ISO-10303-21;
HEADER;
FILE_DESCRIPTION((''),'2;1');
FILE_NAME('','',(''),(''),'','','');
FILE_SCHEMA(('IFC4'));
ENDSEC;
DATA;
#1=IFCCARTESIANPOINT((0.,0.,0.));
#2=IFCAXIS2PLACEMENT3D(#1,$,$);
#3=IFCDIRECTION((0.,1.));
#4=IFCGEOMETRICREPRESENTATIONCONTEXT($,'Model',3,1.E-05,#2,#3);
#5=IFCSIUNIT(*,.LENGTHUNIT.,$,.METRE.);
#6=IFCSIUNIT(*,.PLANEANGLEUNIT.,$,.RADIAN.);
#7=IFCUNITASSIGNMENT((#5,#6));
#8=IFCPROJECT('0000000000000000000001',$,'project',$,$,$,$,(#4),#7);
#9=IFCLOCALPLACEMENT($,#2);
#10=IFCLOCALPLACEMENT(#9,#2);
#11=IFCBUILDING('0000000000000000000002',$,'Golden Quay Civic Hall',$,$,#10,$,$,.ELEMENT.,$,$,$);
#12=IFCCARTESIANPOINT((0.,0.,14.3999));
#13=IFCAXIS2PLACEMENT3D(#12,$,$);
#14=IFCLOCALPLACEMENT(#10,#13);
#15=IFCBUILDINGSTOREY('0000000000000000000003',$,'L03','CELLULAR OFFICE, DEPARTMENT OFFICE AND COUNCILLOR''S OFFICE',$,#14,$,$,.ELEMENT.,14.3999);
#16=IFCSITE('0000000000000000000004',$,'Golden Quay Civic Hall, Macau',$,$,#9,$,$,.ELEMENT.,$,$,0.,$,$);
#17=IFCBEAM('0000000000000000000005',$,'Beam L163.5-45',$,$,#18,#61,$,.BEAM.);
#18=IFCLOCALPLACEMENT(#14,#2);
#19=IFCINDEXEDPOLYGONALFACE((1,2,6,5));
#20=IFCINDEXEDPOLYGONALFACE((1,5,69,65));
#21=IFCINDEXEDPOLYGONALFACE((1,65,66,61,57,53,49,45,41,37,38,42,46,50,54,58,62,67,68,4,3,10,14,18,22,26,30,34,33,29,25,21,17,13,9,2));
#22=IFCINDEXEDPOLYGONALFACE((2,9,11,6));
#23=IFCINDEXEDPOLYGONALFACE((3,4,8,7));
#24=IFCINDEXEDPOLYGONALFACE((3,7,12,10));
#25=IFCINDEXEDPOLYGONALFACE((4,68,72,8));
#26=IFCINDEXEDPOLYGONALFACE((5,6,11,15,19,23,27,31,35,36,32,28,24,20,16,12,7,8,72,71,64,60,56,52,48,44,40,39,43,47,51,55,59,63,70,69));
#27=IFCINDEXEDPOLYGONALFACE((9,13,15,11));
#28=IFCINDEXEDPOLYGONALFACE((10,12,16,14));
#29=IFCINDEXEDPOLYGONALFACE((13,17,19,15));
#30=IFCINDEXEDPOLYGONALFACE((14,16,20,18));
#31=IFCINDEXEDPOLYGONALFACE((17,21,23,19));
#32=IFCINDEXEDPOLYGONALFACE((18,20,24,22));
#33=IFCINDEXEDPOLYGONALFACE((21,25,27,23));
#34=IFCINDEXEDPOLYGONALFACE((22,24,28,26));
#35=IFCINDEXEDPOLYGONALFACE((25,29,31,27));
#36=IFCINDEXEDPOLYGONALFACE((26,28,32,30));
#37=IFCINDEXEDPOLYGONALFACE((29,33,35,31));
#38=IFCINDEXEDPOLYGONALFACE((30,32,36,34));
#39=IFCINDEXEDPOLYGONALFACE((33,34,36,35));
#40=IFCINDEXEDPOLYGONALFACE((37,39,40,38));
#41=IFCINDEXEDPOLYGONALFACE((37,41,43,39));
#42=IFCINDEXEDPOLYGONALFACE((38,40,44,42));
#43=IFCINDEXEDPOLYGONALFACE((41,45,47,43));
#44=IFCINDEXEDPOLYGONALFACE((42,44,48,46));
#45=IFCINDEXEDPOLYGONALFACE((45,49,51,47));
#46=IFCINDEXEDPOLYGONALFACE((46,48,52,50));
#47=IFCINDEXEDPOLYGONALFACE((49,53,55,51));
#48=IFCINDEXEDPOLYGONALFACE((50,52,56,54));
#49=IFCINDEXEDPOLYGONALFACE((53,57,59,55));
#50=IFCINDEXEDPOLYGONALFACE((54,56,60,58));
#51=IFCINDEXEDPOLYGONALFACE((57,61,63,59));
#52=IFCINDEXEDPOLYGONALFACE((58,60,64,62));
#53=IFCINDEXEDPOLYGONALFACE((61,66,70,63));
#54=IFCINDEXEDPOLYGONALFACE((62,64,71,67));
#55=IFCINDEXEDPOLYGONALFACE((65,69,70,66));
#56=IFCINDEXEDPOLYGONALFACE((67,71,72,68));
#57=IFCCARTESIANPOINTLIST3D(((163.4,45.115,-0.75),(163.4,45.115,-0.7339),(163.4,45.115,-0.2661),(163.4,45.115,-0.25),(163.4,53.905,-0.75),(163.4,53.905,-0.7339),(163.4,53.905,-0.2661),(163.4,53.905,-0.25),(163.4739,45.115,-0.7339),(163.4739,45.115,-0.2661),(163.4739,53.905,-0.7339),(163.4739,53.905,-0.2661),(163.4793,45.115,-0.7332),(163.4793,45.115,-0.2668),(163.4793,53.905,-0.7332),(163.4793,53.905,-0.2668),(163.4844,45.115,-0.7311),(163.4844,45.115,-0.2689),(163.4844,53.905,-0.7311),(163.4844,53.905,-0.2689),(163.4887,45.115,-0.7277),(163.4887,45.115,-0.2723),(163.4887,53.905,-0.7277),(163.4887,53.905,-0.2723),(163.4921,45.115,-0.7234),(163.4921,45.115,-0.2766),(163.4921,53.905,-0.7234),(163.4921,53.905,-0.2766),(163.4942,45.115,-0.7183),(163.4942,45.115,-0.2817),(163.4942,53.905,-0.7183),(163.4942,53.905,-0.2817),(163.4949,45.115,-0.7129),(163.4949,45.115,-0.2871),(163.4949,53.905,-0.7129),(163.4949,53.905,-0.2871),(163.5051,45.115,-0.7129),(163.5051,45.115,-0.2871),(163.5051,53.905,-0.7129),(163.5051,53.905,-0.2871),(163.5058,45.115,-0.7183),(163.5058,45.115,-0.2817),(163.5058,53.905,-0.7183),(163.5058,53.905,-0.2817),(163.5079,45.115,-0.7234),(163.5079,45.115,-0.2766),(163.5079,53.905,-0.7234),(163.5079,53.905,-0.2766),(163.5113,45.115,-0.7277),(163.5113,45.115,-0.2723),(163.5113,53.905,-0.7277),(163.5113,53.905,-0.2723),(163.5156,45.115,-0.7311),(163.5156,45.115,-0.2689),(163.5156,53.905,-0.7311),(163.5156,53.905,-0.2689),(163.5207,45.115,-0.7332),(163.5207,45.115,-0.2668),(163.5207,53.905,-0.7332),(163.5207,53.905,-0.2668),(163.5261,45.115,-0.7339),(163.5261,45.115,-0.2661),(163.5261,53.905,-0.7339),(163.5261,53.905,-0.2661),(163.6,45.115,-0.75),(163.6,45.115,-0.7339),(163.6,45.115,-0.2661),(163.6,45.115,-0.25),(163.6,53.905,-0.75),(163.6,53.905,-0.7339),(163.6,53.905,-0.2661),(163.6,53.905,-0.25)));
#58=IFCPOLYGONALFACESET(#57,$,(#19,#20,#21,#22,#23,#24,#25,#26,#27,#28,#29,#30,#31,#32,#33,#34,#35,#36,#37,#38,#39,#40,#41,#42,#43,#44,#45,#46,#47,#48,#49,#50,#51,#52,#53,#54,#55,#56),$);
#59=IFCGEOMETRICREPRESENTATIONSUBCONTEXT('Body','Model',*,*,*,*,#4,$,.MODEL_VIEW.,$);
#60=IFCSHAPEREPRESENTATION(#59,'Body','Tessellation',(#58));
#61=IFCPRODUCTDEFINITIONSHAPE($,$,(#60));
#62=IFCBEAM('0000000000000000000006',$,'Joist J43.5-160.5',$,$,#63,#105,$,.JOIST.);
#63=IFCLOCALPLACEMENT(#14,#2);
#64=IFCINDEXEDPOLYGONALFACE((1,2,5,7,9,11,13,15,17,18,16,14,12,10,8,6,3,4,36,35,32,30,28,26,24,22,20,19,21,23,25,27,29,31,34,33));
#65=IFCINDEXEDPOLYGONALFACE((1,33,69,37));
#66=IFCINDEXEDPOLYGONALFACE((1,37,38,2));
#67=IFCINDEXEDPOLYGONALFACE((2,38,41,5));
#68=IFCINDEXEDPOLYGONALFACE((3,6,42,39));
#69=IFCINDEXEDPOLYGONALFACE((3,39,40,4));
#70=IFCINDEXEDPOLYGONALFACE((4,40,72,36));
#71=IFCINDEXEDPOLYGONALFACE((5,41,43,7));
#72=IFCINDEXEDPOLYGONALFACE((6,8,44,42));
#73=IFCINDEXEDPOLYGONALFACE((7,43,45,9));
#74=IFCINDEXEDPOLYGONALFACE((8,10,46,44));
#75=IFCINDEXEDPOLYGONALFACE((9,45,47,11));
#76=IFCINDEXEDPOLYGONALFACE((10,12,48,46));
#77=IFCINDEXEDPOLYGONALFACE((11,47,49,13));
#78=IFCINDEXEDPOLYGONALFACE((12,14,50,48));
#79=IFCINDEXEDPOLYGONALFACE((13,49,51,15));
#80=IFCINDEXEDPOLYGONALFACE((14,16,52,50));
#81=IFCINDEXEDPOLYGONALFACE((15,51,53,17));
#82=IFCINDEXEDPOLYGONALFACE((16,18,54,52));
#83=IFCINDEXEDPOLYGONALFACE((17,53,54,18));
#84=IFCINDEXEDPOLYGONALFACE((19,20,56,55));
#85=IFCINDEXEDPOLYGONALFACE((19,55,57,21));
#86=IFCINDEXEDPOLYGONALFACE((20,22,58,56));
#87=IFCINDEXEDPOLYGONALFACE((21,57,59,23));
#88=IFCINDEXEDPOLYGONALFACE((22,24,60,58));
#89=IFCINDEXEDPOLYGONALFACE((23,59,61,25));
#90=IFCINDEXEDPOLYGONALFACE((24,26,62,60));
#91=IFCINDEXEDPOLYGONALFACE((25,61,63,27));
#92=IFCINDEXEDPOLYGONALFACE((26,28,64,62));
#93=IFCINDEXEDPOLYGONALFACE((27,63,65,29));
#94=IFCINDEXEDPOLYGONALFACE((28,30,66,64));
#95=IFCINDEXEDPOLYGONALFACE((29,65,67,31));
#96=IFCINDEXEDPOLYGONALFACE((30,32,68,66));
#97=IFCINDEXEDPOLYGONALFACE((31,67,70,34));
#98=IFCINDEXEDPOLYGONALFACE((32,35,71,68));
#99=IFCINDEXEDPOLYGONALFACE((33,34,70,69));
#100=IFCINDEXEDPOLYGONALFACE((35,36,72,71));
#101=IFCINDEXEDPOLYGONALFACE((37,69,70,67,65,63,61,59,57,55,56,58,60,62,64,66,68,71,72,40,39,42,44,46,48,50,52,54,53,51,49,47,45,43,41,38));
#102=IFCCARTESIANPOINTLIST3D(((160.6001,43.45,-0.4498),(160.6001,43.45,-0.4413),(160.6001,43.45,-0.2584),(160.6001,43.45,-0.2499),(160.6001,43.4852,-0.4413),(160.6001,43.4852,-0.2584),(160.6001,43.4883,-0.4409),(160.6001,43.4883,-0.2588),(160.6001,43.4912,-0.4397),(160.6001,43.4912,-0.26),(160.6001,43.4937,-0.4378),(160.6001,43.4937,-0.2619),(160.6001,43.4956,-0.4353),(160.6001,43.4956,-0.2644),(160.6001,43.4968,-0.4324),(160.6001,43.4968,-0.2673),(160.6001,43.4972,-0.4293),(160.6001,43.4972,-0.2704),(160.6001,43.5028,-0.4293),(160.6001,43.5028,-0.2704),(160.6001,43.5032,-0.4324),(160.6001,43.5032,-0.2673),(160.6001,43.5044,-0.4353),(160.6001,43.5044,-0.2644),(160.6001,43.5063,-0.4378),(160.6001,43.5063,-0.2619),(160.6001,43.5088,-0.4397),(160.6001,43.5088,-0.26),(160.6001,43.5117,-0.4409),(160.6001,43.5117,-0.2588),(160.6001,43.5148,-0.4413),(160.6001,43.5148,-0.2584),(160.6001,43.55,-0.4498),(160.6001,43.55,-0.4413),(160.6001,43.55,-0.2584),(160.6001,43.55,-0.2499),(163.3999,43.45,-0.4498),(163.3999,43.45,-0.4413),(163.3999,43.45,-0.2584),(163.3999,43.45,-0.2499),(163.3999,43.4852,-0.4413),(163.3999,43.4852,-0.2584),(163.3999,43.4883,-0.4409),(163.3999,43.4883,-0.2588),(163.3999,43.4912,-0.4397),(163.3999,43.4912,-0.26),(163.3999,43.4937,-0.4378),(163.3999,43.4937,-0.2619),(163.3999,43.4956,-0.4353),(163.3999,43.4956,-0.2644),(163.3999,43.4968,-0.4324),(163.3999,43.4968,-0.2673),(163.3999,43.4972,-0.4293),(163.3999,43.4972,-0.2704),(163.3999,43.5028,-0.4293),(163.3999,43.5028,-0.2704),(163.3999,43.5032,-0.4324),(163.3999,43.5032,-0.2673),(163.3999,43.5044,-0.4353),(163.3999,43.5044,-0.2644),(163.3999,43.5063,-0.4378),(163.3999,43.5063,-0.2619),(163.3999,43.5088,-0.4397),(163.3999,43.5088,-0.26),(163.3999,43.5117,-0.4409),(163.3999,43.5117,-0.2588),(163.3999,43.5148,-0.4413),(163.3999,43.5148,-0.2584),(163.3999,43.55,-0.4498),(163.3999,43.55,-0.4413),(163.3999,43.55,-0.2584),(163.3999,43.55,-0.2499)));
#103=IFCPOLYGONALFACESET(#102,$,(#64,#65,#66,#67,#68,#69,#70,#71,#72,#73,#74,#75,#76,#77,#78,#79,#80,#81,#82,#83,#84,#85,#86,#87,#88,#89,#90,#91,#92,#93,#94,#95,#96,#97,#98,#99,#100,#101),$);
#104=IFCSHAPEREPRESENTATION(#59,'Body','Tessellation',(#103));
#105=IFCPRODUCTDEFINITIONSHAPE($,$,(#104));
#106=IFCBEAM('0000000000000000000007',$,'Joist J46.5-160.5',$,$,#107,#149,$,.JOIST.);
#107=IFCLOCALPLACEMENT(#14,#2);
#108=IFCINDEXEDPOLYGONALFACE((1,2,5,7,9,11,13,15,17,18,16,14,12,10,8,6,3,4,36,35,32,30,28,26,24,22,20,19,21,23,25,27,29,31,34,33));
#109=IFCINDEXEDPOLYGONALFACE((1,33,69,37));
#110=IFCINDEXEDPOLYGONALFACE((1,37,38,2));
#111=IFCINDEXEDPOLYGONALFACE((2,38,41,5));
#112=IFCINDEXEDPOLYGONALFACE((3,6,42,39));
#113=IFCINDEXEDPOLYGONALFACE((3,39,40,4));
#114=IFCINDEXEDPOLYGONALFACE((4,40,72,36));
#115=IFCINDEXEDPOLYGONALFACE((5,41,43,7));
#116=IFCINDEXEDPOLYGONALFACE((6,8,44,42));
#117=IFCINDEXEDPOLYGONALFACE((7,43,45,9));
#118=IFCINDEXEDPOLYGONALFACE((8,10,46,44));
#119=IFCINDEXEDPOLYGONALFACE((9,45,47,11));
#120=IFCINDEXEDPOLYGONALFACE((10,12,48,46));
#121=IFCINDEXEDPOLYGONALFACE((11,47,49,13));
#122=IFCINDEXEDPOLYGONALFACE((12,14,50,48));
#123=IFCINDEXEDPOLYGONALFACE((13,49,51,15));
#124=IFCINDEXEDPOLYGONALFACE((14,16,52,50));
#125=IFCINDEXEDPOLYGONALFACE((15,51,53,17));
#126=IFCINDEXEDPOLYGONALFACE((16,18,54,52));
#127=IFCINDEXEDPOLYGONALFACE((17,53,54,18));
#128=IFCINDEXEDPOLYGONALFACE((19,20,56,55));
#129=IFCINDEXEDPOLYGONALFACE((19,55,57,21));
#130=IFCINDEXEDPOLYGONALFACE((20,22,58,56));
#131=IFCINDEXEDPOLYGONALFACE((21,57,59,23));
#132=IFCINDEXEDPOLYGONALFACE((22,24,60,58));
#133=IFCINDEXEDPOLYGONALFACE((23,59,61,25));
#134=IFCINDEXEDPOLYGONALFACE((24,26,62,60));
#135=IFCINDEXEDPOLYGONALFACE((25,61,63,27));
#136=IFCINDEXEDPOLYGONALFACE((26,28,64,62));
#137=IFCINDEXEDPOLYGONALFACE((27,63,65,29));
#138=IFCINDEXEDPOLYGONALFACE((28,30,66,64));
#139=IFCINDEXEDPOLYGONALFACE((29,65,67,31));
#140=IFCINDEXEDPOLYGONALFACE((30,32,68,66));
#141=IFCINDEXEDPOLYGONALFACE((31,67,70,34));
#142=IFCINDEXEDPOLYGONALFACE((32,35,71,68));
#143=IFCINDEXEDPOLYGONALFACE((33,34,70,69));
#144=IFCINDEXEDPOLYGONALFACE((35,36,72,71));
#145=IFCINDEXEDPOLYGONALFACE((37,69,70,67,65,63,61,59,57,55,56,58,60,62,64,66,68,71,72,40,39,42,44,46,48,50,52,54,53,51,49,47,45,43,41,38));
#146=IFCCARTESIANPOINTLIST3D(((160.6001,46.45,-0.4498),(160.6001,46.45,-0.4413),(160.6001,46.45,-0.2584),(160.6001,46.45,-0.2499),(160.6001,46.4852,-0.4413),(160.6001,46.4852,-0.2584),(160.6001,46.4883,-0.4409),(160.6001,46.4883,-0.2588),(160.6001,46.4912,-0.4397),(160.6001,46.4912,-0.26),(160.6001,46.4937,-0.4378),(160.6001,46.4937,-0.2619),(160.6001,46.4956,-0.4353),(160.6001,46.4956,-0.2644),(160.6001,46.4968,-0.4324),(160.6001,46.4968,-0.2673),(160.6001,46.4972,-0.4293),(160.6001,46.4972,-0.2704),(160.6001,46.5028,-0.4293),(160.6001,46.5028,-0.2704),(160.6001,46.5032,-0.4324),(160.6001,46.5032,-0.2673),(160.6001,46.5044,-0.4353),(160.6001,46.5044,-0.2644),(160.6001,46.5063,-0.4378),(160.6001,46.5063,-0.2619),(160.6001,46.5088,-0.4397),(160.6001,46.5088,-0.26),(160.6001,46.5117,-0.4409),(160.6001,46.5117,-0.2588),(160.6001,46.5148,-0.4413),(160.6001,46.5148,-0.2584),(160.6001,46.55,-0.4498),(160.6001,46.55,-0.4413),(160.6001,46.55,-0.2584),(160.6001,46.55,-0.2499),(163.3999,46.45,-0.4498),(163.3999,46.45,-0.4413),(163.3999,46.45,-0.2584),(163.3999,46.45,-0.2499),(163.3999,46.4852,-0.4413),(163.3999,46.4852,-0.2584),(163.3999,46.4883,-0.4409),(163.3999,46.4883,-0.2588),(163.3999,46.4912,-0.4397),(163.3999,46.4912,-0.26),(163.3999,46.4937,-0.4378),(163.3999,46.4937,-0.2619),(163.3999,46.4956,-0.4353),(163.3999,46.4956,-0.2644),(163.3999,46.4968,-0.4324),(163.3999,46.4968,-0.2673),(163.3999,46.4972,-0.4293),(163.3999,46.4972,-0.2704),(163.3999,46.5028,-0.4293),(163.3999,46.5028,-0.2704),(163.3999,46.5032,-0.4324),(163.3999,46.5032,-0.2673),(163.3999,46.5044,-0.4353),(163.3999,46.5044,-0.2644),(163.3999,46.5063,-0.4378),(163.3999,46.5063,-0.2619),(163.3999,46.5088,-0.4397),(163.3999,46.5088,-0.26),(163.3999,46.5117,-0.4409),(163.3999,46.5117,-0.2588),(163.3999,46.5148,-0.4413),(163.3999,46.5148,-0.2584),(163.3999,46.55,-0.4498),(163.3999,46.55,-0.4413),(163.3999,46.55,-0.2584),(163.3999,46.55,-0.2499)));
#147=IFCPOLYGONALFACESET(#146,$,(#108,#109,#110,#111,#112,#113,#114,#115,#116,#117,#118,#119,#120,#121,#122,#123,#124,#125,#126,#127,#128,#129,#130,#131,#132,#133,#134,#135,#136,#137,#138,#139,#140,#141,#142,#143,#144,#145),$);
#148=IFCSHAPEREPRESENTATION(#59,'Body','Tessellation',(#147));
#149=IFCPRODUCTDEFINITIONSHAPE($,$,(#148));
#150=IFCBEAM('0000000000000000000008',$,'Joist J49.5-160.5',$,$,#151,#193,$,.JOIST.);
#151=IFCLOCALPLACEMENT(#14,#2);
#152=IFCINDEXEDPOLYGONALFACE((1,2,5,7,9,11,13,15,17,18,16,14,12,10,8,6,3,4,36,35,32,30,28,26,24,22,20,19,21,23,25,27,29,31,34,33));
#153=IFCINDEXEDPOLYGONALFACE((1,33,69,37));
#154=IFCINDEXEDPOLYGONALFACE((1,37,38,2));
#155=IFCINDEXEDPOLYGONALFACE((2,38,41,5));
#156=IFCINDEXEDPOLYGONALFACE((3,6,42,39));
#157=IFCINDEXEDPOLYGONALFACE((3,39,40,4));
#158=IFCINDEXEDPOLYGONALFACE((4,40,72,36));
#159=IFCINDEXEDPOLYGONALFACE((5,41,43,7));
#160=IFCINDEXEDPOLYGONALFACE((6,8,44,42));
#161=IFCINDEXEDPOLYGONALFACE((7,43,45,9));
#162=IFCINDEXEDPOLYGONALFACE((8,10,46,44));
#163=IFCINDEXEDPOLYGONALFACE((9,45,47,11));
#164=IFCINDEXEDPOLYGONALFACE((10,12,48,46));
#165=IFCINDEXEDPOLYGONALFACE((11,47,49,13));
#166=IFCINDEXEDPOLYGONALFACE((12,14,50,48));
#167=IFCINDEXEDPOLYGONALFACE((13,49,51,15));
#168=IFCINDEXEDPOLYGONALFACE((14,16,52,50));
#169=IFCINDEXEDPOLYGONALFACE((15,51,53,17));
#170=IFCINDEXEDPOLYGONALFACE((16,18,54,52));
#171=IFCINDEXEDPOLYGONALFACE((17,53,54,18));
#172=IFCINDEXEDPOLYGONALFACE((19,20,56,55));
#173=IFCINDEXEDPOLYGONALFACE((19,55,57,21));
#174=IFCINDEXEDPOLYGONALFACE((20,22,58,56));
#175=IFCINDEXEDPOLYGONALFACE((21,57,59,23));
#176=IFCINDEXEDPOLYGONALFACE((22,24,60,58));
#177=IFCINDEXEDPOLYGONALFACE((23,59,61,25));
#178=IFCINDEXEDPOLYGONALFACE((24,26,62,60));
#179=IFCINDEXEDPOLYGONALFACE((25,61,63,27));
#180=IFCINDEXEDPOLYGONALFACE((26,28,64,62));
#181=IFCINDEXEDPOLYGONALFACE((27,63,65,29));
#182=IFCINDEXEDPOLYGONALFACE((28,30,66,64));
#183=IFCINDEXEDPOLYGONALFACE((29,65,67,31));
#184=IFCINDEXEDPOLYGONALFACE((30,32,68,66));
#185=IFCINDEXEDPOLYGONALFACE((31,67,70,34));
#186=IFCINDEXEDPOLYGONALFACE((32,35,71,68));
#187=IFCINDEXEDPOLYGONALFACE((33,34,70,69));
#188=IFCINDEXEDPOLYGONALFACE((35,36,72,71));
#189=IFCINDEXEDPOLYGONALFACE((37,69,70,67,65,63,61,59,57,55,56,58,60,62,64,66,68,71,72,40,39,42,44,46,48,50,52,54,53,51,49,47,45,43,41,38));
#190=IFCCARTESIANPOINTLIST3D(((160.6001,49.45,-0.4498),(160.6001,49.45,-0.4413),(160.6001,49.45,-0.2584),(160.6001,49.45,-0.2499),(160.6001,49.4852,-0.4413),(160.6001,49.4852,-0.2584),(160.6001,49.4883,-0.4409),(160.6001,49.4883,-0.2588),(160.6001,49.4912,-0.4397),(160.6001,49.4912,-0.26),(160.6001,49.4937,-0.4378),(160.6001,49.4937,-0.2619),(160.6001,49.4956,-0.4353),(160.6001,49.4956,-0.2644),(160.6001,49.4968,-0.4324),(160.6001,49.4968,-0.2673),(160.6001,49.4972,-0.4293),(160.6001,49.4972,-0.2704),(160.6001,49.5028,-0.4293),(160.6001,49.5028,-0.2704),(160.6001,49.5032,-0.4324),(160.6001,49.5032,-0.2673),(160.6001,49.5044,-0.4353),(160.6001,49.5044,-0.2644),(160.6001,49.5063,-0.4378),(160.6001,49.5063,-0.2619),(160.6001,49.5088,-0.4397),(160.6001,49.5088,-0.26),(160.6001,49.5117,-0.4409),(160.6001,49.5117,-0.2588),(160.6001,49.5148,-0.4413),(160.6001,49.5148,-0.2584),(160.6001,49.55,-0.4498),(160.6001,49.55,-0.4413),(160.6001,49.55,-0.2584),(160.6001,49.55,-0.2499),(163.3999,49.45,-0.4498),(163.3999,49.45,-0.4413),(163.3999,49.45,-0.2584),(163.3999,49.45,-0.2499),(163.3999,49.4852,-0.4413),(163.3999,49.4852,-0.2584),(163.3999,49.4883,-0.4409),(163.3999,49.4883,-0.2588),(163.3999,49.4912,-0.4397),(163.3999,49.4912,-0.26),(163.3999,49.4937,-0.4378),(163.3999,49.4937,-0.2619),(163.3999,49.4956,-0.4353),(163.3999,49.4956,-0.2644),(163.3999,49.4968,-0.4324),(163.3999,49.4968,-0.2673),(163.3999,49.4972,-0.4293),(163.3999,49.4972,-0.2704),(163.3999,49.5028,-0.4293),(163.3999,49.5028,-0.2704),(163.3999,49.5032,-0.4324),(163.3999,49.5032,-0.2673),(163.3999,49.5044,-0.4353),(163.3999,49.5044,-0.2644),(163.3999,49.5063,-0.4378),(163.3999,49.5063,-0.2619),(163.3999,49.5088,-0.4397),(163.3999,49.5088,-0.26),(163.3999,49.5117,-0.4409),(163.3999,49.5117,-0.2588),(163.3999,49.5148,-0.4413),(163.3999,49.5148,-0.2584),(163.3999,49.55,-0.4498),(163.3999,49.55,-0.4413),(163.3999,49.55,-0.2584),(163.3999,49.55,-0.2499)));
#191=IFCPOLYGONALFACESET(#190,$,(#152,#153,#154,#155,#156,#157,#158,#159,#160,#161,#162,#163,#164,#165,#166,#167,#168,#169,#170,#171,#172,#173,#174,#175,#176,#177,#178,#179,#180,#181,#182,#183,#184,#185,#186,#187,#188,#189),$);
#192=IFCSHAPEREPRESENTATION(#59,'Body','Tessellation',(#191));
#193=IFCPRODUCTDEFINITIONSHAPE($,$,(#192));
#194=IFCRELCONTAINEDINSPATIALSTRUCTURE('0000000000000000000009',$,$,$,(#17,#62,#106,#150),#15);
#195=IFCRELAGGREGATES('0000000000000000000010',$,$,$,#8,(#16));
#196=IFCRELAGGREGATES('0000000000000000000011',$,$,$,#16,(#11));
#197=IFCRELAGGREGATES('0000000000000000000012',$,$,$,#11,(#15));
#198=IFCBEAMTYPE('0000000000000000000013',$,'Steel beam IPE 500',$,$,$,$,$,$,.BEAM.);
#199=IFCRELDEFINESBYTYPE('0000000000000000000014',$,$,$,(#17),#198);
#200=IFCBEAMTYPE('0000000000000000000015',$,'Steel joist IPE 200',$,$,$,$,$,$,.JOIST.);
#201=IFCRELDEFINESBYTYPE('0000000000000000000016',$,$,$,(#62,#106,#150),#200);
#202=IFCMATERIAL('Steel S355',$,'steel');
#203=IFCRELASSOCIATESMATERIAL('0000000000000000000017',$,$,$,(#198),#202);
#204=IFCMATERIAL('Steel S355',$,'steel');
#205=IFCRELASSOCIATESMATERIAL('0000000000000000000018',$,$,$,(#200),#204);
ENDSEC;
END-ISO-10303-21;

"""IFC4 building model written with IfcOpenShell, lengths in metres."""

from ifc_helpers import new_model, si_unit, direction, frame, origin, origin_2d, place, context, subcontext, project, spatial, i_section, extrude, material, material_profile, profile_set, type_object, element, save


model = new_model("IFC4")

# Units and contexts
model_context = context("Model", 3, precision=1e-05, world=origin(), true_north=direction((0.0, 1.0)))
body_context = subcontext(model_context, "Body", "Model", "MODEL_VIEW")
ifc_project = project(units=[si_unit("LENGTHUNIT", "METRE"), si_unit("PLANEANGLEUNIT", "RADIAN")], contexts=[model_context])

# Site, building, storey
site_placement = place(None, origin())
site = spatial("IfcSite", under=ifc_project, at=site_placement, Name="Golden Quay Civic Hall, Macau", CompositionType="ELEMENT", RefElevation=0.0)
building_placement = place(site_placement, origin())
building = spatial("IfcBuilding", under=site, at=building_placement, Name="Golden Quay Civic Hall", CompositionType="ELEMENT")
storey_placement = place(building_placement, frame((0.0, 0.0, 14.3999)))
storey = spatial("IfcBuildingStorey", under=building, at=storey_placement, Name="L03", Description="CELLULAR OFFICE, DEPARTMENT OFFICE AND COUNCILLOR'S OFFICE", CompositionType="ELEMENT", Elevation=14.3999)

# Beams
ifc_material_1 = material(Name="Steel S355", Category="steel")
ifc_material_profile_1 = material_profile(ifc_material_1, i_section(OverallWidth=0.2, OverallDepth=0.5, WebThickness=0.0103, FlangeThickness=0.0161, FilletRadius=0.021, at=origin_2d()), Name="IPE 500")
ifc_profile_set_1 = profile_set([ifc_material_profile_1], Name="Steel S355")
beam_type_1 = type_object("IfcBeamType", Name="Steel beam IPE 500", PredefinedType="BEAM", material=ifc_profile_set_1)
for number, where, z_axis, x_axis, name in (
    (1, (163.5, 45.115, -0.5), (0.0, 1.0, 0.0), (-1.0, 0.0, 0.0), "Beam L163.5-45"),
):
    element("IfcBeam", number, at=place(storey_placement, frame(where, z_axis=z_axis, x_axis=x_axis)), inside=storey, type_object=beam_type_1, Name=name, PredefinedType="BEAM", context=body_context, shape_type="SweptSolid", body=[
        extrude(i_section(OverallWidth=0.2, OverallDepth=0.5, WebThickness=0.0103, FlangeThickness=0.0161, FilletRadius=0.021, at=origin_2d()), origin(), (0.0, 0.0, 1.0), 8.79),
    ])
ifc_material_2 = material(Name="Steel S355", Category="steel")
ifc_material_profile_2 = material_profile(ifc_material_2, i_section(OverallWidth=0.1001, OverallDepth=0.2, WebThickness=0.0056, FlangeThickness=0.0085, FilletRadius=0.012, at=origin_2d()), Name="IPE 200")
ifc_profile_set_2 = profile_set([ifc_material_profile_2], Name="Steel S355")
beam_type_2 = type_object("IfcBeamType", Name="Steel joist IPE 200", PredefinedType="JOIST", material=ifc_profile_set_2)
for number, where, z_axis, x_axis, name in (
    (2, (160.6001, 43.5, -0.3499), (1.0, 0.0, 0.0), (0.0, 1.0, 0.0), "Joist J43.5-160.5"),
    (3, (160.6001, 46.5, -0.3499), (1.0, 0.0, 0.0), (0.0, 1.0, 0.0), "Joist J46.5-160.5"),
    (4, (160.6001, 49.5, -0.3499), (1.0, 0.0, 0.0), (0.0, 1.0, 0.0), "Joist J49.5-160.5"),
):
    element("IfcBeam", number, at=place(storey_placement, frame(where, z_axis=z_axis, x_axis=x_axis)), inside=storey, type_object=beam_type_2, Name=name, PredefinedType="JOIST", context=body_context, shape_type="SweptSolid", body=[
        extrude(i_section(OverallWidth=0.1001, OverallDepth=0.2, WebThickness=0.0056, FlangeThickness=0.0085, FilletRadius=0.012, at=origin_2d()), origin(), (0.0, 0.0, 1.0), 2.7998),
    ])

save(model, "model.ifc")
